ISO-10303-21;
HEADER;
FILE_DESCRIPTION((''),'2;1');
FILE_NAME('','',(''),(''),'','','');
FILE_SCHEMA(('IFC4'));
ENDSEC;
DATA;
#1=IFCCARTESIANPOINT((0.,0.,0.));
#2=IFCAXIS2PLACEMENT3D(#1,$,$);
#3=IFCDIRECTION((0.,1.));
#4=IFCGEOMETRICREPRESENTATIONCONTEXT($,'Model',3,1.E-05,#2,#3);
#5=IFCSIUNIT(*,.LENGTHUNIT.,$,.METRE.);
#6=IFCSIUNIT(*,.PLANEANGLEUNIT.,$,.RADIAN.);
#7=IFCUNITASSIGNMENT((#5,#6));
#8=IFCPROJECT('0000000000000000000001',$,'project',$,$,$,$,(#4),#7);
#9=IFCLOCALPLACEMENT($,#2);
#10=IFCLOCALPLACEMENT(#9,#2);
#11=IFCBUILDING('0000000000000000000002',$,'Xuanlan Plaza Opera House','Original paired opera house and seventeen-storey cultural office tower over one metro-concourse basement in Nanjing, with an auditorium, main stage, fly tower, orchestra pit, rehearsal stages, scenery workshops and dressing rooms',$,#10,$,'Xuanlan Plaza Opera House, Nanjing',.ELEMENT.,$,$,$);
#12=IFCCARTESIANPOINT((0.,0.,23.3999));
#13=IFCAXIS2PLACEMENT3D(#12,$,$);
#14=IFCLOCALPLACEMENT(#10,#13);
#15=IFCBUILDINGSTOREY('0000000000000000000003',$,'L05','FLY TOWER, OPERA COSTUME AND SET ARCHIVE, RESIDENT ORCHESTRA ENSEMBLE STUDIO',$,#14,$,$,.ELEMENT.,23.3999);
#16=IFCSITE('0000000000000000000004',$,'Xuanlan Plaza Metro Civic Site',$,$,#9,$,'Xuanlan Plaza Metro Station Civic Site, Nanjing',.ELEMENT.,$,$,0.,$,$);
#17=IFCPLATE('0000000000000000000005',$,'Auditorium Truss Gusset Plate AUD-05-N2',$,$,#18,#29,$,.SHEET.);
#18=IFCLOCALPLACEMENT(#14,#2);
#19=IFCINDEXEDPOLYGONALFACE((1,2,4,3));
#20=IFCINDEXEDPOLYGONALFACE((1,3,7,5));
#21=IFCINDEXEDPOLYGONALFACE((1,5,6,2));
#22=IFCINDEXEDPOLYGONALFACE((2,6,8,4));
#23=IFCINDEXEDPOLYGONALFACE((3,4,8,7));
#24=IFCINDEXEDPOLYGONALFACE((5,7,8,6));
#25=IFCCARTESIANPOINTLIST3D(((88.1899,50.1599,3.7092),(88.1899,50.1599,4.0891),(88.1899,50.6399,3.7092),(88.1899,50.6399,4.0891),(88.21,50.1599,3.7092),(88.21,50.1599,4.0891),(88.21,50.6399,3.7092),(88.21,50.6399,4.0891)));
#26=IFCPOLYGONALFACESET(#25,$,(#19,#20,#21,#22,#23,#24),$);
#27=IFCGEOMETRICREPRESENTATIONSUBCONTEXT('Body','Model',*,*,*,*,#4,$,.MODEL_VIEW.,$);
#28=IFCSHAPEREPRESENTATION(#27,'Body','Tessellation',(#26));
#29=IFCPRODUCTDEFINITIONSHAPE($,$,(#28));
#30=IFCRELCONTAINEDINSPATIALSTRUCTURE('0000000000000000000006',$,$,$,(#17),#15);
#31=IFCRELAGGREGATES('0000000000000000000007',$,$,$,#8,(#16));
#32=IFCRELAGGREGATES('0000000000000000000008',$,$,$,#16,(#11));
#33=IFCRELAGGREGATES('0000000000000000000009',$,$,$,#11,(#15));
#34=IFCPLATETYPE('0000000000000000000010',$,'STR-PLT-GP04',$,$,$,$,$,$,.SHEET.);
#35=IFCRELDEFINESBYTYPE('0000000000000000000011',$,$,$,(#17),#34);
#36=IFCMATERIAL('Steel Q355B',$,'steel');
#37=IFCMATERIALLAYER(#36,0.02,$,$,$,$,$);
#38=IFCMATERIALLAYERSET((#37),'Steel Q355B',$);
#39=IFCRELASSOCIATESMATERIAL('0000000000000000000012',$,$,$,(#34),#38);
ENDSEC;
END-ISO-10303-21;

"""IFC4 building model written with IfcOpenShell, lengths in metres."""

from ifc_helpers import new_model, si_unit, direction, frame, origin, origin_2d, place, context, subcontext, project, spatial, rectangle, extrude, material, layer, layer_set, type_object, element, save


model = new_model("IFC4")

# Units and contexts
model_context = context("Model", 3, precision=1e-05, world=origin(), true_north=direction((0.0, 1.0)))
body_context = subcontext(model_context, "Body", "Model", "MODEL_VIEW")
ifc_project = project(units=[si_unit("LENGTHUNIT", "METRE"), si_unit("PLANEANGLEUNIT", "RADIAN")], contexts=[model_context])

# Site, building, storey
site_placement = place(None, origin())
site = spatial("IfcSite", under=ifc_project, at=site_placement, Name="Xuanlan Plaza Metro Civic Site", LongName="Xuanlan Plaza Metro Station Civic Site, Nanjing", CompositionType="ELEMENT", RefElevation=0.0)
building_placement = place(site_placement, origin())
building = spatial("IfcBuilding", under=site, at=building_placement, Name="Xuanlan Plaza Opera House", Description="Original paired opera house and seventeen-storey cultural office tower over one metro-concourse basement in Nanjing, with an auditorium, main stage, fly tower, orchestra pit, rehearsal stages, scenery workshops and dressing rooms", LongName="Xuanlan Plaza Opera House, Nanjing", CompositionType="ELEMENT")
storey_placement = place(building_placement, frame((0.0, 0.0, 23.3999)))
storey = spatial("IfcBuildingStorey", under=building, at=storey_placement, Name="L05", Description="FLY TOWER, OPERA COSTUME AND SET ARCHIVE, RESIDENT ORCHESTRA ENSEMBLE STUDIO", CompositionType="ELEMENT", Elevation=23.3999)

# Shared definitions
ifc_material_1 = material(Name="Steel Q355B", Category="steel")

# Plate
ifc_layer_1 = layer(ifc_material_1, 0.02)
ifc_layer_set_1 = layer_set([ifc_layer_1], Name="Steel Q355B")
plate_type_1 = type_object("IfcPlateType", Name="STR-PLT-GP04", PredefinedType="SHEET", material=ifc_layer_set_1)
for number, where, z_axis, x_axis, name in (
    (1, (88.2, 50.3999, 3.7092), (0.0, 0.0, 1.0), (1.0, 0.0, 0.0), "Auditorium Truss Gusset Plate AUD-05-N2"),
):
    element("IfcPlate", number, at=place(storey_placement, frame(where, z_axis=z_axis, x_axis=x_axis)), inside=storey, type_object=plate_type_1, Name=name, PredefinedType="SHEET", context=body_context, shape_type="SweptSolid", body=[
        extrude(rectangle(XDim=0.02, YDim=0.48, at=origin_2d()), origin(), (0.0, 0.0, 1.0), 0.3799),
    ])

save(model, "model.ifc")
